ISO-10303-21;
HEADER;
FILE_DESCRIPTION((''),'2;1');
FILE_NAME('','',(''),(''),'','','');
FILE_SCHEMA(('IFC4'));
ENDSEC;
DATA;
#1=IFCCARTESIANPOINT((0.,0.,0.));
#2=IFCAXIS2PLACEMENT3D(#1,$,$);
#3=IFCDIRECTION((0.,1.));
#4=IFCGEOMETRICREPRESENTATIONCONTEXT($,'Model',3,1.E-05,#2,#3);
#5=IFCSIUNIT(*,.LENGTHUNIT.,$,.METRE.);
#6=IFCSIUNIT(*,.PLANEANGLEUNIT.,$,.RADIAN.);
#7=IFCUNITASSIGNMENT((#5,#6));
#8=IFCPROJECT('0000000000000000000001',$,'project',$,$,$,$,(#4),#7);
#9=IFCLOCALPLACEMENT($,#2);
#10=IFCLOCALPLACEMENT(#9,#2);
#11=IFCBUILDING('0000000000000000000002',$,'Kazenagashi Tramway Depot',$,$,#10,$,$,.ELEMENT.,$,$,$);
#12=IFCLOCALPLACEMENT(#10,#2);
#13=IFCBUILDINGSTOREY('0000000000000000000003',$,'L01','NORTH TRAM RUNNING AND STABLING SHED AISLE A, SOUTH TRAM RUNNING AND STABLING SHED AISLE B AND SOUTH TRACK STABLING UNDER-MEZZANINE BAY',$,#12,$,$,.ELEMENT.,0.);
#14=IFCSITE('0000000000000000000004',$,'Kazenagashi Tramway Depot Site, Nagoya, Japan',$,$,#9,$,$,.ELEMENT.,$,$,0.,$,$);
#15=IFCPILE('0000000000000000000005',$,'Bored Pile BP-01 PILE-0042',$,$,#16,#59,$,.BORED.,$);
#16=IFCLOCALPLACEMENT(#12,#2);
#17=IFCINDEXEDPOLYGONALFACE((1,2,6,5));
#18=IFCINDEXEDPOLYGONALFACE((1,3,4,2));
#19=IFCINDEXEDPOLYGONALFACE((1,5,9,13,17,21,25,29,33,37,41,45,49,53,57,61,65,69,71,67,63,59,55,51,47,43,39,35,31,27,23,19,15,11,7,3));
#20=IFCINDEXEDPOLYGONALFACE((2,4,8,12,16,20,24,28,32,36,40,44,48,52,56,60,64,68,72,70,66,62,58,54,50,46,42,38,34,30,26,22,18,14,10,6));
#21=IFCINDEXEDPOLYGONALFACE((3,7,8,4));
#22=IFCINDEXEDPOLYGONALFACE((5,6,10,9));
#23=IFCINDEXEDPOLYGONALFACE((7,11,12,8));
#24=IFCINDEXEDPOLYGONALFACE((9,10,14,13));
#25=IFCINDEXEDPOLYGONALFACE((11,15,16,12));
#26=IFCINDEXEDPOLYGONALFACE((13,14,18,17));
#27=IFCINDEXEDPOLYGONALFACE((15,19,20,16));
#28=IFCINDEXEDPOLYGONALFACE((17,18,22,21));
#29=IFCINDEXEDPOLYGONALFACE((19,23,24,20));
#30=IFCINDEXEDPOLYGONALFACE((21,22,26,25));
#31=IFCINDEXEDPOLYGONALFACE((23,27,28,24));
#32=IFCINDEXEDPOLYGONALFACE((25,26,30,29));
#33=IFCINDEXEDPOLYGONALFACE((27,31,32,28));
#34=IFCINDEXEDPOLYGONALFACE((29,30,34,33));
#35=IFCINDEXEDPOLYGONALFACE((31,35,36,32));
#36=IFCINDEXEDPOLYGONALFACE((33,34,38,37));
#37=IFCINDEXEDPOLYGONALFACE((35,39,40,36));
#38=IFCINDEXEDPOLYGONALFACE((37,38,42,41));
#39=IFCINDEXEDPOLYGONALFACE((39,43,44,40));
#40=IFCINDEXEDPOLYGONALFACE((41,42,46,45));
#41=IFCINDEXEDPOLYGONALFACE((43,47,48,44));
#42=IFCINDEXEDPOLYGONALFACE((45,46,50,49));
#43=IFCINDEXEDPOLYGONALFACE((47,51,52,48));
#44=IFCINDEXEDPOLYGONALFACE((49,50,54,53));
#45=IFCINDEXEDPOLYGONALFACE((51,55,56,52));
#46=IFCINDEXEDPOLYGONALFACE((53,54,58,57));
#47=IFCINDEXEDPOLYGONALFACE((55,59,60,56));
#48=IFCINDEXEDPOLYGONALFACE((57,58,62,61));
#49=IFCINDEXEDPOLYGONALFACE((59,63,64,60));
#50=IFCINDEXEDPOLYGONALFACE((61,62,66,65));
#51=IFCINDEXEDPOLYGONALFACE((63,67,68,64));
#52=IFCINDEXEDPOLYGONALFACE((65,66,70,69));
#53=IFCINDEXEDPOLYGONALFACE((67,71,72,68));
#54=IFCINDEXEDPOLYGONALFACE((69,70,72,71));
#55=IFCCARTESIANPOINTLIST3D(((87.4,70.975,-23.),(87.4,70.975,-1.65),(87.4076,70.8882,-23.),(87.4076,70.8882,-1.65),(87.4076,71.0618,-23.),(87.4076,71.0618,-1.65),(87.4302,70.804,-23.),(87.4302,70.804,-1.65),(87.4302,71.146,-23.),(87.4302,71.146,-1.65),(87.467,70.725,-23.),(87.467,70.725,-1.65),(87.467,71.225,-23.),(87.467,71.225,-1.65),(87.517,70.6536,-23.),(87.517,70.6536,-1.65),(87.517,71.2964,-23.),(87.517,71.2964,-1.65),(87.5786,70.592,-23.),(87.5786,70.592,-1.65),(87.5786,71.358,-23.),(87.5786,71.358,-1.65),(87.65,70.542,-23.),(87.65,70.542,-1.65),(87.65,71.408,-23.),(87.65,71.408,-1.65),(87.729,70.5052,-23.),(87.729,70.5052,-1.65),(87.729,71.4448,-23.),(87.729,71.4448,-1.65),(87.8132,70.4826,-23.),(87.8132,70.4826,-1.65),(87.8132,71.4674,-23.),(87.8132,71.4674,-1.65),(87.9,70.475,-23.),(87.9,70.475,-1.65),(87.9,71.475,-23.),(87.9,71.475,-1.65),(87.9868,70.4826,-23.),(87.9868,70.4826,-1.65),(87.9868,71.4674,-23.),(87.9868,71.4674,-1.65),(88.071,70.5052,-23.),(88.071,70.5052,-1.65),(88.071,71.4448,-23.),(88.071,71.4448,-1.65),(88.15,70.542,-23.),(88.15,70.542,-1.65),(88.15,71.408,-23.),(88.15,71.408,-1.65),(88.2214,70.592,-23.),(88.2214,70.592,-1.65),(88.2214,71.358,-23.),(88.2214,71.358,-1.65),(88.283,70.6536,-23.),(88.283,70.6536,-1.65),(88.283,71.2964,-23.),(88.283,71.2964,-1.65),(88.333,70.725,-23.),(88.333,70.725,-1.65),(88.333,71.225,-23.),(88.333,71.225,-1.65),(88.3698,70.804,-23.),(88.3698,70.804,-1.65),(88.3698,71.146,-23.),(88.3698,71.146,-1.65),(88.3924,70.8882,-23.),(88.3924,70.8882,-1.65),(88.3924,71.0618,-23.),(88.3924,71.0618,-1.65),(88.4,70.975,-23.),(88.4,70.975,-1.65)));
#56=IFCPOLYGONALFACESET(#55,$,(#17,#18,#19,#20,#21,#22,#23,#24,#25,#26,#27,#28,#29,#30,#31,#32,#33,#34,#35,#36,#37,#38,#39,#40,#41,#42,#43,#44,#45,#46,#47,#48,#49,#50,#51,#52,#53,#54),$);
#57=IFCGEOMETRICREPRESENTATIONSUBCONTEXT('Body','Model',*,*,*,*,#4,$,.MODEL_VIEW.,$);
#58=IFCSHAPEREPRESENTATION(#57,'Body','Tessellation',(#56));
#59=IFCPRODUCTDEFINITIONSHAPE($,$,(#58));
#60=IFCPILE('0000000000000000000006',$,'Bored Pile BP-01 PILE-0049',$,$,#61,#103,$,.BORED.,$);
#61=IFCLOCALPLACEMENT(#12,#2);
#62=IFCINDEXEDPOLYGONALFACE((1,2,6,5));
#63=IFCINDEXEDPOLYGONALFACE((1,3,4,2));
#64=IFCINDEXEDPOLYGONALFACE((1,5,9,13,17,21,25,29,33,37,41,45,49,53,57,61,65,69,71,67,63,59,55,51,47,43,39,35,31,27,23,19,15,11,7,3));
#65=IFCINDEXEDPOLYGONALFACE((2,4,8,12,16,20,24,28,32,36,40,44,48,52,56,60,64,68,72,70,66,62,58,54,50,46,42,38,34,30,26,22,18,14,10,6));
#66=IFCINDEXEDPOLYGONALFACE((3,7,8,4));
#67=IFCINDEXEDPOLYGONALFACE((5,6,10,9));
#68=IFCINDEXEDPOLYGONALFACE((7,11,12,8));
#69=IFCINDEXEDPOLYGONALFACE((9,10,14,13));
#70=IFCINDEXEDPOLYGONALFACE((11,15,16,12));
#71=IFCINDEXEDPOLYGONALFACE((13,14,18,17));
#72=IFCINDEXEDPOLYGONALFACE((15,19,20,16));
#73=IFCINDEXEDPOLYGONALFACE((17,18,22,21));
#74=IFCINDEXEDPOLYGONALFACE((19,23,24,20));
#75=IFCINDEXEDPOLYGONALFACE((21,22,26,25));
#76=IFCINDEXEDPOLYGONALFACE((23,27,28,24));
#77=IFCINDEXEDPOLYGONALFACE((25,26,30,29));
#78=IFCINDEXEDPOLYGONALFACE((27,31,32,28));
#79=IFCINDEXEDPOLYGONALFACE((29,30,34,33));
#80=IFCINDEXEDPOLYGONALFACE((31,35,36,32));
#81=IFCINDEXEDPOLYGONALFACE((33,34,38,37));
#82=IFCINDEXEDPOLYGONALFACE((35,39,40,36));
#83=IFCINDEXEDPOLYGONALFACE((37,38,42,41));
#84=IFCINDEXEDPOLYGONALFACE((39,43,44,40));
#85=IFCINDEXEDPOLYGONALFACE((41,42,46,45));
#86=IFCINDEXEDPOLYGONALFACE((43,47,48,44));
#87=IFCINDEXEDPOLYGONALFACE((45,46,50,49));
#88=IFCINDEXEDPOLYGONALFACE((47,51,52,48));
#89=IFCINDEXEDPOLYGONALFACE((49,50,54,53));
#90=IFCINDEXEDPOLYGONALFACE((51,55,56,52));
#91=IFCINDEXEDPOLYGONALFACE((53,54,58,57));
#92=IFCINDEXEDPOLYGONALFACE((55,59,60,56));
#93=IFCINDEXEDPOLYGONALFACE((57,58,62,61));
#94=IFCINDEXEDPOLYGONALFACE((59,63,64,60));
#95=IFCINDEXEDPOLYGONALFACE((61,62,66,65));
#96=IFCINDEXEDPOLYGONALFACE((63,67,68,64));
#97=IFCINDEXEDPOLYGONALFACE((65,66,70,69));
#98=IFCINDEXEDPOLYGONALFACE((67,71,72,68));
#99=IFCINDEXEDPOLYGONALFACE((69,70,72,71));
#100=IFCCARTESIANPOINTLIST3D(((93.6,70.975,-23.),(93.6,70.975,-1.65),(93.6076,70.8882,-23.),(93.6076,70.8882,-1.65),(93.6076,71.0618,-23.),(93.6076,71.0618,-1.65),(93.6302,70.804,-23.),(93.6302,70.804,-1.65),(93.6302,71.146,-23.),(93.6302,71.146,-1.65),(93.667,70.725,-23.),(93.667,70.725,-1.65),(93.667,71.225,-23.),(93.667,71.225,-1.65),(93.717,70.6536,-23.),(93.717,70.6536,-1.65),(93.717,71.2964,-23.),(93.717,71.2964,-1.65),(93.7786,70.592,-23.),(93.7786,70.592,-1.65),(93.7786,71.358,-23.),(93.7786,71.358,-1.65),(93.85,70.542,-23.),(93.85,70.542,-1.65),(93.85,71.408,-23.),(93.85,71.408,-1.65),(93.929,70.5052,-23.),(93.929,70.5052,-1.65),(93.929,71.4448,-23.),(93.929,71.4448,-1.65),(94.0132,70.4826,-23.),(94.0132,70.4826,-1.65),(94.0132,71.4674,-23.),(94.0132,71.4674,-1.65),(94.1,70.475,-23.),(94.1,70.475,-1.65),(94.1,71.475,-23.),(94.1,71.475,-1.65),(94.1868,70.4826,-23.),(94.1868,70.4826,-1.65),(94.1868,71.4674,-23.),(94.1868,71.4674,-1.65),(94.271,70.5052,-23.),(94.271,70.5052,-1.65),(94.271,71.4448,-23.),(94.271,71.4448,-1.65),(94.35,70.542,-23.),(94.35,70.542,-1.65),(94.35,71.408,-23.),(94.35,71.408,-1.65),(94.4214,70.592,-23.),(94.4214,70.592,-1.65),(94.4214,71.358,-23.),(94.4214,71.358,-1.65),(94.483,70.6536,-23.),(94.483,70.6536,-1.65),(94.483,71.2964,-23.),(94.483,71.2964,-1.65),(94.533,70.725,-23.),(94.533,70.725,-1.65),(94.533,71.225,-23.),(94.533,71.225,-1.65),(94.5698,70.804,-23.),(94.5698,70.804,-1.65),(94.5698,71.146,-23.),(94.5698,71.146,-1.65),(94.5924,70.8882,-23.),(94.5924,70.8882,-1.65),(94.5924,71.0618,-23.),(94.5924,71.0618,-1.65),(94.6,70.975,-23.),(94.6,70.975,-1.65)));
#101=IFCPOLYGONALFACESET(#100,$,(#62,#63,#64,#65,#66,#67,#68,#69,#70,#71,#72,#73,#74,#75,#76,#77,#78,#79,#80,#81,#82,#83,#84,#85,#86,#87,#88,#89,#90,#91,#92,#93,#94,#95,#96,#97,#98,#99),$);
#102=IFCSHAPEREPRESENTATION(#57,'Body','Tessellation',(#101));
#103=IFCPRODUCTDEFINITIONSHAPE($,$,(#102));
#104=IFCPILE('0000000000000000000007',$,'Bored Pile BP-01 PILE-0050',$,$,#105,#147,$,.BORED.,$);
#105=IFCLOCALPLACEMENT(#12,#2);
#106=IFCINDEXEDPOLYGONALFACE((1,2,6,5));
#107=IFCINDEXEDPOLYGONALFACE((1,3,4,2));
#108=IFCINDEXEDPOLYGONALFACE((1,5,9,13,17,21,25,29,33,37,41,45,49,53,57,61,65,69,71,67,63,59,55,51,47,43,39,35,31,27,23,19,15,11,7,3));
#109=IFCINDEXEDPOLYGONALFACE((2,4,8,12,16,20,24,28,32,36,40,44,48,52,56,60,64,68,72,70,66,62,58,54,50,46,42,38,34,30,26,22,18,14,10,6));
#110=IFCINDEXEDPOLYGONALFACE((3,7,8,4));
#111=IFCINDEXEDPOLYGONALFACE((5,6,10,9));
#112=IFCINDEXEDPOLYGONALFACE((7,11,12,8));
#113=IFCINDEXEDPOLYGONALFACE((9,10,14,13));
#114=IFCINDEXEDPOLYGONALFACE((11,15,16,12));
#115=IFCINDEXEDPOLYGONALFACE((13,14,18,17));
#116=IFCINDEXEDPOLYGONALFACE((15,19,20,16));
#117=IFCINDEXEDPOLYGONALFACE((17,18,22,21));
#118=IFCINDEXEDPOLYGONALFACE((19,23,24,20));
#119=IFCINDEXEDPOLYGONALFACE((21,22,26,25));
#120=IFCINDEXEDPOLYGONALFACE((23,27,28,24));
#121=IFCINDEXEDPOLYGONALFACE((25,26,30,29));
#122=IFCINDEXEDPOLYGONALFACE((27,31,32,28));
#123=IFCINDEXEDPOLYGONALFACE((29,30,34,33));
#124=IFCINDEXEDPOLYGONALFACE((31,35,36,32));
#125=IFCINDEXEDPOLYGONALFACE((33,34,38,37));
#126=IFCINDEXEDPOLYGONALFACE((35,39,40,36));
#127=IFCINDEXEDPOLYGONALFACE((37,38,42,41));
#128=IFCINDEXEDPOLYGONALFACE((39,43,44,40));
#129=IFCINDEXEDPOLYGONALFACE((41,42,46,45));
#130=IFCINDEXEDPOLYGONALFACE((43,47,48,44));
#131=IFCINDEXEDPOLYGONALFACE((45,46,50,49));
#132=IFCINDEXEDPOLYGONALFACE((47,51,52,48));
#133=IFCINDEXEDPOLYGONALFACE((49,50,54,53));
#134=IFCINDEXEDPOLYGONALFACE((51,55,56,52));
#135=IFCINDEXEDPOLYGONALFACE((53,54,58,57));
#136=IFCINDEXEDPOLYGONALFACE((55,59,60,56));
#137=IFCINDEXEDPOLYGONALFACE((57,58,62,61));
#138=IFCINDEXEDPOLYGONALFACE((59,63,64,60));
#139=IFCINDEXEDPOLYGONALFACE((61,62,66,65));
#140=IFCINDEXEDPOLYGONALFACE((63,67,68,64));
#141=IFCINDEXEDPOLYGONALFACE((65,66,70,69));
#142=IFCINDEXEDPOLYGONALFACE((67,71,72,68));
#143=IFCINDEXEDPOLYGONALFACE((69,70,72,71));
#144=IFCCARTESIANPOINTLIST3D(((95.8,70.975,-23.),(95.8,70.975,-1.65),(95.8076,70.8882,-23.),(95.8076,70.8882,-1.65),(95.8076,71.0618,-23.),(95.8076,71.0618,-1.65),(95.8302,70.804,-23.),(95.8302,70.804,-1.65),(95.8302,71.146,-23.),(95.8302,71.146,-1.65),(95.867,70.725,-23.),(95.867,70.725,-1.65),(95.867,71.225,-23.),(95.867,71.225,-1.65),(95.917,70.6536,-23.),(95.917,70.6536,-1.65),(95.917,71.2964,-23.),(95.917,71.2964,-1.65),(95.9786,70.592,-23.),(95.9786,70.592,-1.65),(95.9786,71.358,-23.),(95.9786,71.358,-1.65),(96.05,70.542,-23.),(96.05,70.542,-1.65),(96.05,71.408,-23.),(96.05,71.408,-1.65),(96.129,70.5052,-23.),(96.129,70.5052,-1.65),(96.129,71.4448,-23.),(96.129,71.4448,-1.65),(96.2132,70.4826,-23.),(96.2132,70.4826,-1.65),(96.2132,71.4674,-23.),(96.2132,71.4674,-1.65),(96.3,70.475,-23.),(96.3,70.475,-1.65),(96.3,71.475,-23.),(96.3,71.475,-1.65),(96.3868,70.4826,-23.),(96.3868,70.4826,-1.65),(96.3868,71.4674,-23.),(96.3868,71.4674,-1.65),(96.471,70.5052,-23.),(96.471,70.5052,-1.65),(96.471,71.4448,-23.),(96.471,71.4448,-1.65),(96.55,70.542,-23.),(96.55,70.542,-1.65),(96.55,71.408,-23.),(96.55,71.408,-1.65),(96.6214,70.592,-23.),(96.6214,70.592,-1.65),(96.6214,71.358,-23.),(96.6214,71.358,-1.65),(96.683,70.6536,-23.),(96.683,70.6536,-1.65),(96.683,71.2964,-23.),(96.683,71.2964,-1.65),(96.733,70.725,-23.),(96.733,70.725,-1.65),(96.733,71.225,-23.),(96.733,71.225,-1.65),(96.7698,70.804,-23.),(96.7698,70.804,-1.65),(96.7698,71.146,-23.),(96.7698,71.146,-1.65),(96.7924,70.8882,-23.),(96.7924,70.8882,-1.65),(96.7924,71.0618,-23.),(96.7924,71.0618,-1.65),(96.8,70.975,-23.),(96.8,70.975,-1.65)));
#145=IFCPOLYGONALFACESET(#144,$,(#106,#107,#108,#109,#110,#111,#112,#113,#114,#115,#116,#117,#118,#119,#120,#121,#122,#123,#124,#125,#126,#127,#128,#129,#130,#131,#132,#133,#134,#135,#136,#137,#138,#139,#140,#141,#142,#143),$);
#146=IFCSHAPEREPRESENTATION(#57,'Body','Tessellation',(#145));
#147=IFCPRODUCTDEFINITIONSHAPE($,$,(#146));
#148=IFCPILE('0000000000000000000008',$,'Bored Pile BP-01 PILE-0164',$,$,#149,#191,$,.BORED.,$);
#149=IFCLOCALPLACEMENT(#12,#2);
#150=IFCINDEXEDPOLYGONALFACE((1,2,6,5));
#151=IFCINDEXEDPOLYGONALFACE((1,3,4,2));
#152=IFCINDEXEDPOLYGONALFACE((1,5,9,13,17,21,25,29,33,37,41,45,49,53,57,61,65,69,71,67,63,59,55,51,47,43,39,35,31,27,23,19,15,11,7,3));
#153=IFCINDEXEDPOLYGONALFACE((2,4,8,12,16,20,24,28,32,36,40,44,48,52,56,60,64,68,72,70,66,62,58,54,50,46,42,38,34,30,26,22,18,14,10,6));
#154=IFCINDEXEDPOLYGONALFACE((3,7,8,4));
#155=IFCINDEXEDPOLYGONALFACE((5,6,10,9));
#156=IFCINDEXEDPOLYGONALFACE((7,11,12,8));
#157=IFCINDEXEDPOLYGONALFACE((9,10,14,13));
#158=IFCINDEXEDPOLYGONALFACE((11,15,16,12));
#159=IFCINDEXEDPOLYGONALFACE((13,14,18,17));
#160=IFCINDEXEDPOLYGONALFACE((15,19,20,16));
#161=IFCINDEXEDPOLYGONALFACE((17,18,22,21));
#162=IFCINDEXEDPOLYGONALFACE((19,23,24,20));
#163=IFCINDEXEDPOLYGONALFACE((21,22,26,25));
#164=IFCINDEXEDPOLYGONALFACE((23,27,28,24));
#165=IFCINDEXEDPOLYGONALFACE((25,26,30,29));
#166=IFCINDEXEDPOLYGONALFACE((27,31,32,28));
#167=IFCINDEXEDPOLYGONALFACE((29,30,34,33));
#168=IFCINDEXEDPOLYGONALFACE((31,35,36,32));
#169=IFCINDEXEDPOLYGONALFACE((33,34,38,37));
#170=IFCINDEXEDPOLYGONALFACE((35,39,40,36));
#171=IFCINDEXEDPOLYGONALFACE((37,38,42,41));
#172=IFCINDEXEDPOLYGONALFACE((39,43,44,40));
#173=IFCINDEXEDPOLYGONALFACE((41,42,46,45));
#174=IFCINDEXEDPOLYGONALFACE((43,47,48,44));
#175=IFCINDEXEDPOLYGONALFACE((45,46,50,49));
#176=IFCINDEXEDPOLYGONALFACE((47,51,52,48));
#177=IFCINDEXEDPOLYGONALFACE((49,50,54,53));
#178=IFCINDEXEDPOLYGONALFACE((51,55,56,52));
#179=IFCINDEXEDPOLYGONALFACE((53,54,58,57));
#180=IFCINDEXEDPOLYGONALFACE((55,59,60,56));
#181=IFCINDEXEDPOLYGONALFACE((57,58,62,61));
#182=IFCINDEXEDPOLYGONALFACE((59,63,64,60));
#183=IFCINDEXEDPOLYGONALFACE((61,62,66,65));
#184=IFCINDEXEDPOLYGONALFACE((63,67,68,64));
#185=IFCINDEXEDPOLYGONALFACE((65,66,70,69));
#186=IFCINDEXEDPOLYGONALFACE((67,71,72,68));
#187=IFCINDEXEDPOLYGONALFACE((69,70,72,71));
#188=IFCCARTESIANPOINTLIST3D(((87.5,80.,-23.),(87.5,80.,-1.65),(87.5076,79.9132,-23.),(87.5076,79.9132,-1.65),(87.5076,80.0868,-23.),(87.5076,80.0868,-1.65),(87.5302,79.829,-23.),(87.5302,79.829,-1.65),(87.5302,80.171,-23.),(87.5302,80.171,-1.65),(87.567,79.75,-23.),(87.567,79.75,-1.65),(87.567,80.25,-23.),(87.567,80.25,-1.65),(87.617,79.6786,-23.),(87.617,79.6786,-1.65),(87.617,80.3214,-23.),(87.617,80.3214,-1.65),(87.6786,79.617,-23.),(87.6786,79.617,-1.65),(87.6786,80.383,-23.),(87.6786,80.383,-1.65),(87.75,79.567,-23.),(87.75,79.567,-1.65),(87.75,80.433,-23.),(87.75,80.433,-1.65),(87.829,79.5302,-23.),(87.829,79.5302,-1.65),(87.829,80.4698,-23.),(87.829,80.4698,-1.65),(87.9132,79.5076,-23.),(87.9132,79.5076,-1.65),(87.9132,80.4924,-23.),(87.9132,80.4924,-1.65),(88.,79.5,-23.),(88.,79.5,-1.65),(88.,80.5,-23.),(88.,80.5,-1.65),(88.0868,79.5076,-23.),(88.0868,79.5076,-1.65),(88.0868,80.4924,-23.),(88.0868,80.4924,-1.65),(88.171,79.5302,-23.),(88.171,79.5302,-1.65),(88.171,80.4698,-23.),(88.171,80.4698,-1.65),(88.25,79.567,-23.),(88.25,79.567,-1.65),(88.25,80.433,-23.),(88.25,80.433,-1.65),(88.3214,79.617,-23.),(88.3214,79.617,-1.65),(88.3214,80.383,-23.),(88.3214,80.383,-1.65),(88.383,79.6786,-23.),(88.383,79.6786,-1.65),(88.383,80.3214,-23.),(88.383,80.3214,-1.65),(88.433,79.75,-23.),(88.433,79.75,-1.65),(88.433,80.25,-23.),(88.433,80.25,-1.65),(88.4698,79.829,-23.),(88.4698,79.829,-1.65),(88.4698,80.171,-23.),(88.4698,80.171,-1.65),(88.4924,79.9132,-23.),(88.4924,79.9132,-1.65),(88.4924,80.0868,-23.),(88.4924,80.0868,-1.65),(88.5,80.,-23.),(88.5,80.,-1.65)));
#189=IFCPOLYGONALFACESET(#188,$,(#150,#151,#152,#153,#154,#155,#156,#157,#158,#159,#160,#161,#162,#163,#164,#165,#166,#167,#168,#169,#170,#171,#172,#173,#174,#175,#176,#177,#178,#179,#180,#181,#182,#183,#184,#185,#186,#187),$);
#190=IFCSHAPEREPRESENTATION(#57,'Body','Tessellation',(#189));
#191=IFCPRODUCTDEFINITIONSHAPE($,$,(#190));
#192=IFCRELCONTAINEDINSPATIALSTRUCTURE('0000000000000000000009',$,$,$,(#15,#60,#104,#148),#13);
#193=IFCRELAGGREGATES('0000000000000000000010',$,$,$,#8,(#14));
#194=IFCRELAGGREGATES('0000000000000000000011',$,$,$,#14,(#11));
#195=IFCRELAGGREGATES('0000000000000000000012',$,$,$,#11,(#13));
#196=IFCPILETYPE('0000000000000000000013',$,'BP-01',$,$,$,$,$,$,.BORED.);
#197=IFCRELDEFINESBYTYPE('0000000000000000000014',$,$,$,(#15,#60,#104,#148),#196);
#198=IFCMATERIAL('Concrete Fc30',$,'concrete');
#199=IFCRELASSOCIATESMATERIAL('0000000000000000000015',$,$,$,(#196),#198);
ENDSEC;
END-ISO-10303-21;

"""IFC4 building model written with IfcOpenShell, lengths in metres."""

from ifc_helpers import new_model, si_unit, direction, frame, origin, origin_2d, place, context, subcontext, project, spatial, circle, extrude, material, material_profile, profile_set, type_object, element, save


model = new_model("IFC4")

# Units and contexts
model_context = context("Model", 3, precision=1e-05, world=origin(), true_north=direction((0.0, 1.0)))
body_context = subcontext(model_context, "Body", "Model", "MODEL_VIEW")
ifc_project = project(units=[si_unit("LENGTHUNIT", "METRE"), si_unit("PLANEANGLEUNIT", "RADIAN")], contexts=[model_context])

# Site, building, storey
site_placement = place(None, origin())
site = spatial("IfcSite", under=ifc_project, at=site_placement, Name="Kazenagashi Tramway Depot Site, Nagoya, Japan", CompositionType="ELEMENT", RefElevation=0.0)
building_placement = place(site_placement, origin())
building = spatial("IfcBuilding", under=site, at=building_placement, Name="Kazenagashi Tramway Depot", CompositionType="ELEMENT")
storey_placement = place(building_placement, origin())
storey = spatial("IfcBuildingStorey", under=building, at=storey_placement, Name="L01", Description="NORTH TRAM RUNNING AND STABLING SHED AISLE A, SOUTH TRAM RUNNING AND STABLING SHED AISLE B AND SOUTH TRACK STABLING UNDER-MEZZANINE BAY", CompositionType="ELEMENT", Elevation=0.0)

# Piles
ifc_material_1 = material(Name="Concrete Fc30", Category="concrete")
ifc_material_profile_1 = material_profile(ifc_material_1, circle(Radius=0.5, at=origin_2d()), Name="PILE-1000")
ifc_profile_set_1 = profile_set([ifc_material_profile_1], Name="Concrete Fc30")
pile_type_1 = type_object("IfcPileType", Name="BP-01", PredefinedType="BORED", material=ifc_profile_set_1)
for number, where, z_axis, x_axis, name in (
    (1, (87.9, 70.975, -1.65), (0.0, 0.0, -1.0), (1.0, 0.0, 0.0), "Bored Pile BP-01 PILE-0042"),
    (2, (94.1, 70.975, -1.65), (0.0, 0.0, -1.0), (1.0, 0.0, 0.0), "Bored Pile BP-01 PILE-0049"),
    (3, (96.3, 70.975, -1.65), (0.0, 0.0, -1.0), (1.0, 0.0, 0.0), "Bored Pile BP-01 PILE-0050"),
    (4, (88.0, 80.0, -1.65), (0.0, 0.0, -1.0), (1.0, 0.0, 0.0), "Bored Pile BP-01 PILE-0164"),
):
    element("IfcPile", number, at=place(storey_placement, frame(where, z_axis=z_axis, x_axis=x_axis)), inside=storey, type_object=pile_type_1, Name=name, PredefinedType="BORED", context=body_context, shape_type="SweptSolid", body=[
        extrude(circle(Radius=0.5, at=origin_2d()), origin(), (0.0, 0.0, 1.0), 21.35),
    ])

save(model, "model.ifc")
